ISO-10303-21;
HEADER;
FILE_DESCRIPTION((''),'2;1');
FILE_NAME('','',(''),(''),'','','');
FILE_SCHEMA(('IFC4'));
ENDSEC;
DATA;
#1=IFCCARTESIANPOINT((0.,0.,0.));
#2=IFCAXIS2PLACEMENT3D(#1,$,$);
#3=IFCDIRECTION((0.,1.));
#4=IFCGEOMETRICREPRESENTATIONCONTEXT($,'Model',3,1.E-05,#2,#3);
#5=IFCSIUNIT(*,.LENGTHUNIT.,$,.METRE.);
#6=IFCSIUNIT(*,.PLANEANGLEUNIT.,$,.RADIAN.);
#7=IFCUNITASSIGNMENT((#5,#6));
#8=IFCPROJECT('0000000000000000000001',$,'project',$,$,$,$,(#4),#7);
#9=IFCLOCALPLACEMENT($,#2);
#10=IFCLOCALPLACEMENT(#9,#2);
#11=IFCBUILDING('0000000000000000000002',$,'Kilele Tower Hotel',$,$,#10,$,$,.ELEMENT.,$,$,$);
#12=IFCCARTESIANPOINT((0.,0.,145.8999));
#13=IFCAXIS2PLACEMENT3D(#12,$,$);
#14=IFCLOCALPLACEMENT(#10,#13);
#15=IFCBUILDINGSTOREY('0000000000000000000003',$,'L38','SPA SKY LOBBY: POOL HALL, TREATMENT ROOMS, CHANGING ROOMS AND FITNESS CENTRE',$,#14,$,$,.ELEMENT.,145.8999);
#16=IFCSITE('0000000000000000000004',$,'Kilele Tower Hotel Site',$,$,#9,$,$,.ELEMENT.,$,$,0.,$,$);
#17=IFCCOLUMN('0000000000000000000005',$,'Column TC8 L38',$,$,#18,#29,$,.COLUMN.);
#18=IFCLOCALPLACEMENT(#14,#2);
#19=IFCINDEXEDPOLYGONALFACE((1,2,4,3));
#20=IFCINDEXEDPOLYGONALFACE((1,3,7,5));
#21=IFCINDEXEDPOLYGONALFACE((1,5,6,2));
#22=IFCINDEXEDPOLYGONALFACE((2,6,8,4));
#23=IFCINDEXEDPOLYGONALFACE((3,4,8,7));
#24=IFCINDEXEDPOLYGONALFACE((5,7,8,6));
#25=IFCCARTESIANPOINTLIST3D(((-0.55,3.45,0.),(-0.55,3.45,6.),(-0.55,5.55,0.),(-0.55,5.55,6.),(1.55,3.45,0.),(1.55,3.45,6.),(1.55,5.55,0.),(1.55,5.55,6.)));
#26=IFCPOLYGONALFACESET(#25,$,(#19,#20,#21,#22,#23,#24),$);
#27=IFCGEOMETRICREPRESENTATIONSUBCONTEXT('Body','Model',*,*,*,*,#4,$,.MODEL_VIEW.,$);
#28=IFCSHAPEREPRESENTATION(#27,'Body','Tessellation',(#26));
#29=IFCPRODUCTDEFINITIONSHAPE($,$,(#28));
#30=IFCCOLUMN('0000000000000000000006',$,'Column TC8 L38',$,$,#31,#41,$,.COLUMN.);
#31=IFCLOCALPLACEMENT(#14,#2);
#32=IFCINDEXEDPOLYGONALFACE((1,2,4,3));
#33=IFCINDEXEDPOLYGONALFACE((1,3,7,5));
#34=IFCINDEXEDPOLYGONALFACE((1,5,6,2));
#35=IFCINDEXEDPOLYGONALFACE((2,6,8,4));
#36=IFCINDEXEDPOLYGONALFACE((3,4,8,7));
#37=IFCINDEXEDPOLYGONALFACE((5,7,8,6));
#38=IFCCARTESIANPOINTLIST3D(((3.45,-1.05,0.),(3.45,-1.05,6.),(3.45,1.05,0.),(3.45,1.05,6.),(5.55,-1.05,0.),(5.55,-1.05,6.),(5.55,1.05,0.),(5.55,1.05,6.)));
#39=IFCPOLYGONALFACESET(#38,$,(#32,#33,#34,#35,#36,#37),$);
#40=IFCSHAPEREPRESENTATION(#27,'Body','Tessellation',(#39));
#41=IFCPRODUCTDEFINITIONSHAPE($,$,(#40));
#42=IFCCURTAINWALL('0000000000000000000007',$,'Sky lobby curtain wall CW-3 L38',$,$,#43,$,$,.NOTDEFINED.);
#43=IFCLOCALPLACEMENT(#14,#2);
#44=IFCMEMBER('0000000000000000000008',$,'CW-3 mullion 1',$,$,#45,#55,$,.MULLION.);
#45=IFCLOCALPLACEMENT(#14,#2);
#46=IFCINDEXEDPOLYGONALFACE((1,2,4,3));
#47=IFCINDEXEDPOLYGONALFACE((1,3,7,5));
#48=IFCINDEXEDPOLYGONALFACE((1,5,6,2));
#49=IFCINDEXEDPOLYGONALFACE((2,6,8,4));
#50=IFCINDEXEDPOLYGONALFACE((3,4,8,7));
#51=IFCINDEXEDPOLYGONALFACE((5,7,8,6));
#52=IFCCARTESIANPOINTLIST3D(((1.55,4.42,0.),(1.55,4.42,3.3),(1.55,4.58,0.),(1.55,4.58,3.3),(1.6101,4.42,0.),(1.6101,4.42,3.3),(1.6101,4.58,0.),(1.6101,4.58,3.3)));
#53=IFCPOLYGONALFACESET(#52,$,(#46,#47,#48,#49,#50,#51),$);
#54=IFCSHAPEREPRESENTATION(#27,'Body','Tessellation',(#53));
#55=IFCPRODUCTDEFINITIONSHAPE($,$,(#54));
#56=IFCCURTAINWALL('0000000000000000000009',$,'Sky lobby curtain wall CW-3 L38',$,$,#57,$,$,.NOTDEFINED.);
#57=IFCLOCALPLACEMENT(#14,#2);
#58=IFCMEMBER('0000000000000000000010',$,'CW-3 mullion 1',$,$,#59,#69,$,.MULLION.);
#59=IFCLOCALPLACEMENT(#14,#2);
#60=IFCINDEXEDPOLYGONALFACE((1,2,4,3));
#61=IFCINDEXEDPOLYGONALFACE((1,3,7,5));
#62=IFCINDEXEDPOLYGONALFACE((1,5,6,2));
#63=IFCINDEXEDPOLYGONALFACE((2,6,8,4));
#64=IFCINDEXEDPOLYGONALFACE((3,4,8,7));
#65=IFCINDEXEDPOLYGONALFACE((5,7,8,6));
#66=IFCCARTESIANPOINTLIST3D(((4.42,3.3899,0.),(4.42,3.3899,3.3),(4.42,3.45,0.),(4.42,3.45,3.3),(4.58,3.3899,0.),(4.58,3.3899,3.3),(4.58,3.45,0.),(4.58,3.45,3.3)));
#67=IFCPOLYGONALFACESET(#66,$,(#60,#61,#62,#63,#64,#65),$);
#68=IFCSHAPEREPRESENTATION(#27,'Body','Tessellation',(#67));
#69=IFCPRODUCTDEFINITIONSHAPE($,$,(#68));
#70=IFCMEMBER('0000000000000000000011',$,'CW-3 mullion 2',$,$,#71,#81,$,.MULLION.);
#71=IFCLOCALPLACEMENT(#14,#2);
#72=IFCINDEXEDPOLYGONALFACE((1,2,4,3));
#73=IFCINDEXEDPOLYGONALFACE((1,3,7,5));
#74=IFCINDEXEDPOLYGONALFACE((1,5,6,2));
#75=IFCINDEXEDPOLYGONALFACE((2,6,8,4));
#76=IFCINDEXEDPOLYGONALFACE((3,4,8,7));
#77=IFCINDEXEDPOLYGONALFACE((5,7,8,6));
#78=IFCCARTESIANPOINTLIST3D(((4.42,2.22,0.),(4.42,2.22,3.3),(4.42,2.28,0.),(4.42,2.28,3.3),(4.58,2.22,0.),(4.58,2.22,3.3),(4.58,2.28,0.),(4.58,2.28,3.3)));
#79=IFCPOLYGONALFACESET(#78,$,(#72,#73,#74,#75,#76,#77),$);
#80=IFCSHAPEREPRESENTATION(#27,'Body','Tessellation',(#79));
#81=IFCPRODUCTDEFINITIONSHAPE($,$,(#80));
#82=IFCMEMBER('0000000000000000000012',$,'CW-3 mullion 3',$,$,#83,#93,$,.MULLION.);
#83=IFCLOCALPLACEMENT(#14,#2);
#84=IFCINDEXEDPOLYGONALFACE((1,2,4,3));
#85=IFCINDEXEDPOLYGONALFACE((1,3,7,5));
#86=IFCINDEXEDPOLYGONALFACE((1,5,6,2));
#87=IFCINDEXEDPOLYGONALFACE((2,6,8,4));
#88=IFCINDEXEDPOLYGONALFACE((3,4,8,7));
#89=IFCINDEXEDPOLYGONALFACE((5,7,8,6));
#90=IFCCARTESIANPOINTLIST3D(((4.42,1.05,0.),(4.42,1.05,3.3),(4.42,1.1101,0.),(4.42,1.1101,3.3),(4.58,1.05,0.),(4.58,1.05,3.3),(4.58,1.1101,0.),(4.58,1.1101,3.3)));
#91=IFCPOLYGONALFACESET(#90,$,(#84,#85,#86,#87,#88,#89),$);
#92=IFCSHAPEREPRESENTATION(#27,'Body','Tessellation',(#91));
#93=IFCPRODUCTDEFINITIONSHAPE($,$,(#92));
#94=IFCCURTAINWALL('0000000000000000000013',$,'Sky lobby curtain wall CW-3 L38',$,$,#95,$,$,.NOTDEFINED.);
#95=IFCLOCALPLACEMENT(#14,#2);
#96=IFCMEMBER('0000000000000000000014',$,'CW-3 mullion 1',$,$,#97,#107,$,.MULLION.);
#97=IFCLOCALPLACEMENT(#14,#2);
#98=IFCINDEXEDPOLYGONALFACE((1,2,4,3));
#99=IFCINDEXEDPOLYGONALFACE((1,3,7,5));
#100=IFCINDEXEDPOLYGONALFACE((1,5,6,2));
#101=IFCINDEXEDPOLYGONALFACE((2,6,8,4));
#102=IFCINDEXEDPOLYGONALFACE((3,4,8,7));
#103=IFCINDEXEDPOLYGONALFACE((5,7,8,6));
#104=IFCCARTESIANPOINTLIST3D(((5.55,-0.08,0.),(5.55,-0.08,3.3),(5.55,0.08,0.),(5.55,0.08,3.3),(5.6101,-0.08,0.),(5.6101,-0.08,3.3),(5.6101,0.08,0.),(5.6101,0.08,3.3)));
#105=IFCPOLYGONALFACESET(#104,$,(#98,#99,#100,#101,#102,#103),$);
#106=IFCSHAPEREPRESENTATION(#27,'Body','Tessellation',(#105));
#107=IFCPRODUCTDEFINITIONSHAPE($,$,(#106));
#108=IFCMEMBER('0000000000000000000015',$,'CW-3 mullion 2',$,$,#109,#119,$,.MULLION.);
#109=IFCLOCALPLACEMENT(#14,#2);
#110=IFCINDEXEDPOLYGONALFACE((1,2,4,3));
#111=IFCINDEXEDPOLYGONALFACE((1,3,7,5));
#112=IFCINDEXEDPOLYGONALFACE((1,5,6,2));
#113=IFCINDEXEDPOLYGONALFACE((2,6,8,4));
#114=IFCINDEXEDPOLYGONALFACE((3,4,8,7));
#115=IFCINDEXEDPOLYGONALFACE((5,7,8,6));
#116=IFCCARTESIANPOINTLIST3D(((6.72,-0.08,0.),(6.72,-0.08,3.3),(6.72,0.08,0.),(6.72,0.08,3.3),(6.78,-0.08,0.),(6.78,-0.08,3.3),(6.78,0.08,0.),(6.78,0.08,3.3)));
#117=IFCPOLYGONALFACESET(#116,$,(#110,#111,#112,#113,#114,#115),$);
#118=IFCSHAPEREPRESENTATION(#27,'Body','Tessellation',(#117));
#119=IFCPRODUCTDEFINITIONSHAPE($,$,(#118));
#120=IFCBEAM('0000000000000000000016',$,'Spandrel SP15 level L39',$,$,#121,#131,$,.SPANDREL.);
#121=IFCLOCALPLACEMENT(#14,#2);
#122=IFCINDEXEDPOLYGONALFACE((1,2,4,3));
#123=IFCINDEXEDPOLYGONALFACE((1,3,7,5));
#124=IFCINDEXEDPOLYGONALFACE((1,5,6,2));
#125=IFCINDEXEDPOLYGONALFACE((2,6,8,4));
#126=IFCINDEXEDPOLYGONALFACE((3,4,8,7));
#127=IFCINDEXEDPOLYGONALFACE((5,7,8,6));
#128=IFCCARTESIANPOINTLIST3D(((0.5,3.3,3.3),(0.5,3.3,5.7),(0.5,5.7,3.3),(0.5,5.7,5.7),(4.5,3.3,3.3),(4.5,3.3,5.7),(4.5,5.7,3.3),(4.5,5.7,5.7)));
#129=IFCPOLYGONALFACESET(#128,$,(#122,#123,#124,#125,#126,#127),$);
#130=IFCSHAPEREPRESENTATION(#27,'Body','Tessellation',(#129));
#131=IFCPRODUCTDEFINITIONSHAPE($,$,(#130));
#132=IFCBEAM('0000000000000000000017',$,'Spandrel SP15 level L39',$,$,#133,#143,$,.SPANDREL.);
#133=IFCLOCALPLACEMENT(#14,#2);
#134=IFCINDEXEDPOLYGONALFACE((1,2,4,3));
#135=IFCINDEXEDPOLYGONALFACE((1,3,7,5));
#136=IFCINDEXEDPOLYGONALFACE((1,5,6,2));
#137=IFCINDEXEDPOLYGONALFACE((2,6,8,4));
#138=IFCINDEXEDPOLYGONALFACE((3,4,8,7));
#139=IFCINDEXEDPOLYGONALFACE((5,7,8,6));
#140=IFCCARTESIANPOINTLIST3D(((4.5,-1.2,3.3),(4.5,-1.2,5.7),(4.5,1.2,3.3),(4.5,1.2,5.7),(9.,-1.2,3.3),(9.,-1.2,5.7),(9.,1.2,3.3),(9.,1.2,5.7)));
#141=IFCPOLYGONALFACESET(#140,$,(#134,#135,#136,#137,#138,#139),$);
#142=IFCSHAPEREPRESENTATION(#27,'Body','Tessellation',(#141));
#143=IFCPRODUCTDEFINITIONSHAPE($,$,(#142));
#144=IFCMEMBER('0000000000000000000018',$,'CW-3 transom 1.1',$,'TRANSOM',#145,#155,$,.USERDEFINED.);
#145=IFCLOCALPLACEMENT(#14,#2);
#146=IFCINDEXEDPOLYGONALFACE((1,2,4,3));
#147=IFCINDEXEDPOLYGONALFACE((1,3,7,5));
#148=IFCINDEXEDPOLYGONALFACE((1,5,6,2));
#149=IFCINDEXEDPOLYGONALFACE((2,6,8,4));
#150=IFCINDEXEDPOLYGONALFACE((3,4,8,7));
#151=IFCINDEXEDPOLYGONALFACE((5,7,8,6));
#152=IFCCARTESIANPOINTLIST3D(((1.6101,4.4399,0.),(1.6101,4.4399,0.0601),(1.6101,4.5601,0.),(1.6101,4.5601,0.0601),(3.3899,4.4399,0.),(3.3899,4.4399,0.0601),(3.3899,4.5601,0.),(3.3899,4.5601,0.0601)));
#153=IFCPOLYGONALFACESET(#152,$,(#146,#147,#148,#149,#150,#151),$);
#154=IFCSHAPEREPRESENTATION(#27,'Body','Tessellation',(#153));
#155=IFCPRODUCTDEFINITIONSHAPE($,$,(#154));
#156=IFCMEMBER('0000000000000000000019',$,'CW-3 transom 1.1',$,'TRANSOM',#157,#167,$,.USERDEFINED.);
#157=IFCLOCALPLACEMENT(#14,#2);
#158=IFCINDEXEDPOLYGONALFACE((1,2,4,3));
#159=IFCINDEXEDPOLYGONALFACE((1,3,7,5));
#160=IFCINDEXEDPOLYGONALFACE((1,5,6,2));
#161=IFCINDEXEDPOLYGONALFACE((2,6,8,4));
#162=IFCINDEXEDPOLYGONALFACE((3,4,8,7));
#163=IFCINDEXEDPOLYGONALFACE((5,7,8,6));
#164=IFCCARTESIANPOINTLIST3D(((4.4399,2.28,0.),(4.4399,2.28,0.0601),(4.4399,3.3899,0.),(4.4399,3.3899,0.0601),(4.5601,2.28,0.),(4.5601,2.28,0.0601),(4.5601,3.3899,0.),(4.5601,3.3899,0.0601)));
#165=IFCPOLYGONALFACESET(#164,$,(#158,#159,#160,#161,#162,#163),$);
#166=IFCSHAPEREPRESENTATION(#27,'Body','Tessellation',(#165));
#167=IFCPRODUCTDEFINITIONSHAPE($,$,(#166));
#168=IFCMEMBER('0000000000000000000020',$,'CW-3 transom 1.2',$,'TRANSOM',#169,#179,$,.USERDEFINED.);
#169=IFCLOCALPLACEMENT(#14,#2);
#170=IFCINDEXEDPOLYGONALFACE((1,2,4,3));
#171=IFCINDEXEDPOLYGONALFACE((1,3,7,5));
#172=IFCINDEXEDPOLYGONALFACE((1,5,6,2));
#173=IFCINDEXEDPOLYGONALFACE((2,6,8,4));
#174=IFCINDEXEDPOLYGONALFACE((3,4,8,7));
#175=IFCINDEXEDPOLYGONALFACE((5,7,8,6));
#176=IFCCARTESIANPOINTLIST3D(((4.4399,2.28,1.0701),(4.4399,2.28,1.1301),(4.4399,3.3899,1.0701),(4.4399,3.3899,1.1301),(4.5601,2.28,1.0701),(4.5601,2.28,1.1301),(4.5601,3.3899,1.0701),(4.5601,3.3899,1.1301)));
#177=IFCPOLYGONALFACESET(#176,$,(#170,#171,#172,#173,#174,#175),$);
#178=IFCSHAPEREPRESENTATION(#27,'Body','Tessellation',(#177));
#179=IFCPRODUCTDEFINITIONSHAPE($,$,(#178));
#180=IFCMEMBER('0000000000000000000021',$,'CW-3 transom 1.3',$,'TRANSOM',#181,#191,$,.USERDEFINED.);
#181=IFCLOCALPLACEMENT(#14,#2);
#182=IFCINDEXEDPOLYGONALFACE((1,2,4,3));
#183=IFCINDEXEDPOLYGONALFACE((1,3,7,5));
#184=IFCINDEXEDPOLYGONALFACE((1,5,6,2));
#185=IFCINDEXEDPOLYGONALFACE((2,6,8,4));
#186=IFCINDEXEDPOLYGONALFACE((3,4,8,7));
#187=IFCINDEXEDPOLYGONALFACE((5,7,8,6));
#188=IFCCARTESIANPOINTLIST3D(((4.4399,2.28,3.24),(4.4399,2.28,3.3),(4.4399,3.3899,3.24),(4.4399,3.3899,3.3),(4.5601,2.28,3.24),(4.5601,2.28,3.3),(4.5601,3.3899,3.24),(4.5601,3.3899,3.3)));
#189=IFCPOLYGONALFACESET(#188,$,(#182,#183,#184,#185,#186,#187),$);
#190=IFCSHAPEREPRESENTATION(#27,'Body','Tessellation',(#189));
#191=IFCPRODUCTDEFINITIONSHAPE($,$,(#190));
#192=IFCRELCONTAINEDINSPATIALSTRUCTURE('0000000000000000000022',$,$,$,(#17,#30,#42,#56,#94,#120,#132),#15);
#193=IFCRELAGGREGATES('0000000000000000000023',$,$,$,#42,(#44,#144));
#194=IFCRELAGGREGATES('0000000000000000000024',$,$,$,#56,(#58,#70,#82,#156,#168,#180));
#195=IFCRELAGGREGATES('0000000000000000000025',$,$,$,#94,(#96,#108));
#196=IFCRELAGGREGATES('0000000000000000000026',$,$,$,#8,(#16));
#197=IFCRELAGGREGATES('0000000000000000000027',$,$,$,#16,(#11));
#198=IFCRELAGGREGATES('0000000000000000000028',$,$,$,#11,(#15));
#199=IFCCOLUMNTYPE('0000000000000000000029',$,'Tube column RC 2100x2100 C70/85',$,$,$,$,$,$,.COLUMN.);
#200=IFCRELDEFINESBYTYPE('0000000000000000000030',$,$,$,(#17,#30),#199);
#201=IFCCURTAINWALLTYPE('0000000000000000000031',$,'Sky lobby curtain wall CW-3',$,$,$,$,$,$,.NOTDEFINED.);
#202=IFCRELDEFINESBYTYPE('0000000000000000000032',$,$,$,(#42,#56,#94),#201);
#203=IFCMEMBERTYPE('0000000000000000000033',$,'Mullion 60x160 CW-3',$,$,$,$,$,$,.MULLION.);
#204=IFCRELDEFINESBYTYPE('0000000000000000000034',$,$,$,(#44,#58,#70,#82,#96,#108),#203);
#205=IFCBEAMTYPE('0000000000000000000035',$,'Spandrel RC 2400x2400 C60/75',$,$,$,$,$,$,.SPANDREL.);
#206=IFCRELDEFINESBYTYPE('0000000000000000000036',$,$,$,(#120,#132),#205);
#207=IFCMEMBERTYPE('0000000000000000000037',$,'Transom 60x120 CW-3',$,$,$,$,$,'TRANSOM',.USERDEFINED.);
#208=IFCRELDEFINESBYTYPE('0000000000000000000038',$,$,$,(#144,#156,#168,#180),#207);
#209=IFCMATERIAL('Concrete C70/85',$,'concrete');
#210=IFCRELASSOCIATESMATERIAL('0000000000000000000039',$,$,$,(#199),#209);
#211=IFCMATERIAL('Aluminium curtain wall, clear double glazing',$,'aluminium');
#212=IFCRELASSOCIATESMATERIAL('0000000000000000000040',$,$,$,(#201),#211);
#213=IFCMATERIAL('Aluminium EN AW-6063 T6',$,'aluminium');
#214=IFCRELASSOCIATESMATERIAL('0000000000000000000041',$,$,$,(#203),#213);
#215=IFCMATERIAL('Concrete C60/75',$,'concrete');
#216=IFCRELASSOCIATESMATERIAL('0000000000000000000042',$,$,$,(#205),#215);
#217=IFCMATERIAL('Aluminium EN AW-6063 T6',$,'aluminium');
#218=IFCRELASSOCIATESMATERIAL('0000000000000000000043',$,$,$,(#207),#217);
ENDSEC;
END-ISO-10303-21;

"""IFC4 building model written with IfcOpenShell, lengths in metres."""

from ifc_helpers import new_model, si_unit, direction, frame, origin, origin_2d, place, context, subcontext, project, spatial, rectangle, extrude, material, material_profile, profile_set, type_object, element, aggregate, save


model = new_model("IFC4")

# Units and contexts
model_context = context("Model", 3, precision=1e-05, world=origin(), true_north=direction((0.0, 1.0)))
body_context = subcontext(model_context, "Body", "Model", "MODEL_VIEW")
ifc_project = project(units=[si_unit("LENGTHUNIT", "METRE"), si_unit("PLANEANGLEUNIT", "RADIAN")], contexts=[model_context])

# Site, building, storey
site_placement = place(None, origin())
site = spatial("IfcSite", under=ifc_project, at=site_placement, Name="Kilele Tower Hotel Site", CompositionType="ELEMENT", RefElevation=0.0)
building_placement = place(site_placement, origin())
building = spatial("IfcBuilding", under=site, at=building_placement, Name="Kilele Tower Hotel", CompositionType="ELEMENT")
storey_placement = place(building_placement, frame((0.0, 0.0, 145.8999)))
storey = spatial("IfcBuildingStorey", under=building, at=storey_placement, Name="L38", Description="SPA SKY LOBBY: POOL HALL, TREATMENT ROOMS, CHANGING ROOMS AND FITNESS CENTRE", CompositionType="ELEMENT", Elevation=145.8999)

# Columns
ifc_material_1 = material(Name="Concrete C70/85", Category="concrete")
ifc_material_profile_1 = material_profile(ifc_material_1, rectangle(XDim=2.1001, YDim=2.1001, at=origin_2d()))
ifc_profile_set_1 = profile_set([ifc_material_profile_1], Name="Concrete C70/85")
column_type = type_object("IfcColumnType", Name="Tube column RC 2100x2100 C70/85", PredefinedType="COLUMN", material=ifc_profile_set_1)
for number, where, z_axis, x_axis, name in (
    (1, (0.5, 4.5, 0.0), (0.0, 0.0, 1.0), (1.0, 0.0, 0.0), "Column TC8 L38"),
    (2, (4.5, 0.0, 0.0), (0.0, 0.0, 1.0), (1.0, 0.0, 0.0), "Column TC8 L38"),
):
    element("IfcColumn", number, at=place(storey_placement, frame(where, z_axis=z_axis, x_axis=x_axis)), inside=storey, type_object=column_type, Name=name, PredefinedType="COLUMN", context=body_context, shape_type="SweptSolid", body=[
        extrude(rectangle(XDim=2.1001, YDim=2.1001, at=origin_2d()), origin(), (0.0, 0.0, 1.0), 6.0),
    ])

# Curtain wall, member
ifc_material_2 = material(Name="Aluminium curtain wall, clear double glazing", Category="aluminium")
curtain_wall_type = type_object("IfcCurtainWallType", Name="Sky lobby curtain wall CW-3", PredefinedType="NOTDEFINED", material=ifc_material_2)
curtain_wall_1_placement = place(storey_placement, origin())
curtain_wall_1 = element("IfcCurtainWall", 3, at=curtain_wall_1_placement, inside=storey, type_object=curtain_wall_type, Name="Sky lobby curtain wall CW-3 L38", PredefinedType="NOTDEFINED")
ifc_material_3 = material(Name="Aluminium EN AW-6063 T6", Category="aluminium")
ifc_material_profile_2 = material_profile(ifc_material_3, rectangle(XDim=0.1599, YDim=0.0601, at=origin_2d()))
ifc_profile_set_2 = profile_set([ifc_material_profile_2], Name="Aluminium EN AW-6063 T6")
member_type_1 = type_object("IfcMemberType", Name="Mullion 60x160 CW-3", PredefinedType="MULLION", material=ifc_profile_set_2)
member_1_placement = place(storey_placement, frame((1.5801, 4.5, 0.0), z_axis=(0.0, 0.0, 1.0), x_axis=(0.0, 1.0, 0.0)))
member_1 = element("IfcMember", 4, at=member_1_placement, type_object=member_type_1, Name="CW-3 mullion 1", PredefinedType="MULLION", context=body_context, shape_type="SweptSolid", body=[
    extrude(rectangle(XDim=0.1599, YDim=0.0601, at=origin_2d()), origin(), (0.0, 0.0, 1.0), 3.3),
])

# Curtain walls, members
curtain_wall_2_placement = place(storey_placement, origin())
curtain_wall_2 = element("IfcCurtainWall", 5, at=curtain_wall_2_placement, inside=storey, type_object=curtain_wall_type, Name="Sky lobby curtain wall CW-3 L38", PredefinedType="NOTDEFINED")
member_2_placement = place(storey_placement, frame((4.5, 3.4199, 0.0), z_axis=(0.0, 0.0, 1.0), x_axis=(1.0, 0.0, 0.0)))
member_2 = element("IfcMember", 6, at=member_2_placement, type_object=member_type_1, Name="CW-3 mullion 1", PredefinedType="MULLION", context=body_context, shape_type="SweptSolid", body=[
    extrude(rectangle(XDim=0.1599, YDim=0.0601, at=origin_2d()), origin(), (0.0, 0.0, 1.0), 3.3),
])
member_3_placement = place(storey_placement, frame((4.5, 2.25, 0.0), z_axis=(0.0, 0.0, 1.0), x_axis=(1.0, 0.0, 0.0)))
member_3 = element("IfcMember", 7, at=member_3_placement, type_object=member_type_1, Name="CW-3 mullion 2", PredefinedType="MULLION", context=body_context, shape_type="SweptSolid", body=[
    extrude(rectangle(XDim=0.1599, YDim=0.0601, at=origin_2d()), origin(), (0.0, 0.0, 1.0), 3.3),
])
member_4_placement = place(storey_placement, frame((4.5, 1.0801, 0.0), z_axis=(0.0, 0.0, 1.0), x_axis=(1.0, 0.0, 0.0)))
member_4 = element("IfcMember", 8, at=member_4_placement, type_object=member_type_1, Name="CW-3 mullion 3", PredefinedType="MULLION", context=body_context, shape_type="SweptSolid", body=[
    extrude(rectangle(XDim=0.1599, YDim=0.0601, at=origin_2d()), origin(), (0.0, 0.0, 1.0), 3.3),
])
curtain_wall_3_placement = place(storey_placement, origin())
curtain_wall_3 = element("IfcCurtainWall", 9, at=curtain_wall_3_placement, inside=storey, type_object=curtain_wall_type, Name="Sky lobby curtain wall CW-3 L38", PredefinedType="NOTDEFINED")
member_5_placement = place(storey_placement, frame((5.5801, 0.0, 0.0), z_axis=(0.0, 0.0, 1.0), x_axis=(0.0, 1.0, 0.0)))
member_5 = element("IfcMember", 10, at=member_5_placement, type_object=member_type_1, Name="CW-3 mullion 1", PredefinedType="MULLION", context=body_context, shape_type="SweptSolid", body=[
    extrude(rectangle(XDim=0.1599, YDim=0.0601, at=origin_2d()), origin(), (0.0, 0.0, 1.0), 3.3),
])
member_6_placement = place(storey_placement, frame((6.75, 0.0, 0.0), z_axis=(0.0, 0.0, 1.0), x_axis=(0.0, 1.0, 0.0)))
member_6 = element("IfcMember", 11, at=member_6_placement, type_object=member_type_1, Name="CW-3 mullion 2", PredefinedType="MULLION", context=body_context, shape_type="SweptSolid", body=[
    extrude(rectangle(XDim=0.1599, YDim=0.0601, at=origin_2d()), origin(), (0.0, 0.0, 1.0), 3.3),
])

# Beams
ifc_material_4 = material(Name="Concrete C60/75", Category="concrete")
ifc_material_profile_3 = material_profile(ifc_material_4, rectangle(XDim=2.3999, YDim=2.3999, at=origin_2d()))
ifc_profile_set_3 = profile_set([ifc_material_profile_3], Name="Concrete C60/75")
beam_type = type_object("IfcBeamType", Name="Spandrel RC 2400x2400 C60/75", PredefinedType="SPANDREL", material=ifc_profile_set_3)
beam_1_placement = place(storey_placement, frame((0.5, 4.5, 4.5), z_axis=(1.0, 0.0, 0.0), x_axis=(0.0, 1.0, 0.0)))
element("IfcBeam", 12, at=beam_1_placement, inside=storey, type_object=beam_type, Name="Spandrel SP15 level L39", PredefinedType="SPANDREL", context=body_context, shape_type="SweptSolid", body=[
    extrude(rectangle(XDim=2.3999, YDim=2.3999, at=origin_2d()), origin(), (0.0, 0.0, 1.0), 4.0),
])
beam_2_placement = place(storey_placement, frame((4.5, 0.0, 4.5), z_axis=(1.0, 0.0, 0.0), x_axis=(0.0, 1.0, 0.0)))
element("IfcBeam", 13, at=beam_2_placement, inside=storey, type_object=beam_type, Name="Spandrel SP15 level L39", PredefinedType="SPANDREL", context=body_context, shape_type="SweptSolid", body=[
    extrude(rectangle(XDim=2.3999, YDim=2.3999, at=origin_2d()), origin(), (0.0, 0.0, 1.0), 4.5),
])

# Members
ifc_material_5 = material(Name="Aluminium EN AW-6063 T6", Category="aluminium")
ifc_material_profile_4 = material_profile(ifc_material_5, rectangle(XDim=0.1201, YDim=0.0601, at=origin_2d()))
ifc_profile_set_4 = profile_set([ifc_material_profile_4], Name="Aluminium EN AW-6063 T6")
member_type_2 = type_object("IfcMemberType", Name="Transom 60x120 CW-3", ElementType="TRANSOM", PredefinedType="USERDEFINED", material=ifc_profile_set_4)
member_7_placement = place(storey_placement, frame((1.6101, 4.5, 0.03), z_axis=(1.0, 0.0, 0.0), x_axis=(0.0, 1.0, 0.0)))
member_7 = element("IfcMember", 14, at=member_7_placement, type_object=member_type_2, Name="CW-3 transom 1.1", ObjectType="TRANSOM", PredefinedType="USERDEFINED", context=body_context, shape_type="SweptSolid", body=[
    extrude(rectangle(XDim=0.1201, YDim=0.0601, at=origin_2d()), origin(), (0.0, 0.0, 1.0), 1.7798),
])
aggregate(curtain_wall_1, [member_1, member_7])
member_8_placement = place(storey_placement, frame((4.5, 3.3899, 0.03), z_axis=(0.0, -1.0, 0.0), x_axis=(1.0, 0.0, 0.0)))
member_8 = element("IfcMember", 15, at=member_8_placement, type_object=member_type_2, Name="CW-3 transom 1.1", ObjectType="TRANSOM", PredefinedType="USERDEFINED", context=body_context, shape_type="SweptSolid", body=[
    extrude(rectangle(XDim=0.1201, YDim=0.0601, at=origin_2d()), origin(), (0.0, 0.0, 1.0), 1.1099),
])
member_9_placement = place(storey_placement, frame((4.5, 3.3899, 1.1001), z_axis=(0.0, -1.0, 0.0), x_axis=(1.0, 0.0, 0.0)))
member_9 = element("IfcMember", 16, at=member_9_placement, type_object=member_type_2, Name="CW-3 transom 1.2", ObjectType="TRANSOM", PredefinedType="USERDEFINED", context=body_context, shape_type="SweptSolid", body=[
    extrude(rectangle(XDim=0.1201, YDim=0.0601, at=origin_2d()), origin(), (0.0, 0.0, 1.0), 1.1099),
])
member_10_placement = place(storey_placement, frame((4.5, 3.3899, 3.27), z_axis=(0.0, -1.0, 0.0), x_axis=(1.0, 0.0, 0.0)))
member_10 = element("IfcMember", 17, at=member_10_placement, type_object=member_type_2, Name="CW-3 transom 1.3", ObjectType="TRANSOM", PredefinedType="USERDEFINED", context=body_context, shape_type="SweptSolid", body=[
    extrude(rectangle(XDim=0.1201, YDim=0.0601, at=origin_2d()), origin(), (0.0, 0.0, 1.0), 1.1099),
])

aggregate(curtain_wall_2, [member_2, member_3, member_4, member_8, member_9, member_10])
aggregate(curtain_wall_3, [member_5, member_6])

save(model, "model.ifc")
